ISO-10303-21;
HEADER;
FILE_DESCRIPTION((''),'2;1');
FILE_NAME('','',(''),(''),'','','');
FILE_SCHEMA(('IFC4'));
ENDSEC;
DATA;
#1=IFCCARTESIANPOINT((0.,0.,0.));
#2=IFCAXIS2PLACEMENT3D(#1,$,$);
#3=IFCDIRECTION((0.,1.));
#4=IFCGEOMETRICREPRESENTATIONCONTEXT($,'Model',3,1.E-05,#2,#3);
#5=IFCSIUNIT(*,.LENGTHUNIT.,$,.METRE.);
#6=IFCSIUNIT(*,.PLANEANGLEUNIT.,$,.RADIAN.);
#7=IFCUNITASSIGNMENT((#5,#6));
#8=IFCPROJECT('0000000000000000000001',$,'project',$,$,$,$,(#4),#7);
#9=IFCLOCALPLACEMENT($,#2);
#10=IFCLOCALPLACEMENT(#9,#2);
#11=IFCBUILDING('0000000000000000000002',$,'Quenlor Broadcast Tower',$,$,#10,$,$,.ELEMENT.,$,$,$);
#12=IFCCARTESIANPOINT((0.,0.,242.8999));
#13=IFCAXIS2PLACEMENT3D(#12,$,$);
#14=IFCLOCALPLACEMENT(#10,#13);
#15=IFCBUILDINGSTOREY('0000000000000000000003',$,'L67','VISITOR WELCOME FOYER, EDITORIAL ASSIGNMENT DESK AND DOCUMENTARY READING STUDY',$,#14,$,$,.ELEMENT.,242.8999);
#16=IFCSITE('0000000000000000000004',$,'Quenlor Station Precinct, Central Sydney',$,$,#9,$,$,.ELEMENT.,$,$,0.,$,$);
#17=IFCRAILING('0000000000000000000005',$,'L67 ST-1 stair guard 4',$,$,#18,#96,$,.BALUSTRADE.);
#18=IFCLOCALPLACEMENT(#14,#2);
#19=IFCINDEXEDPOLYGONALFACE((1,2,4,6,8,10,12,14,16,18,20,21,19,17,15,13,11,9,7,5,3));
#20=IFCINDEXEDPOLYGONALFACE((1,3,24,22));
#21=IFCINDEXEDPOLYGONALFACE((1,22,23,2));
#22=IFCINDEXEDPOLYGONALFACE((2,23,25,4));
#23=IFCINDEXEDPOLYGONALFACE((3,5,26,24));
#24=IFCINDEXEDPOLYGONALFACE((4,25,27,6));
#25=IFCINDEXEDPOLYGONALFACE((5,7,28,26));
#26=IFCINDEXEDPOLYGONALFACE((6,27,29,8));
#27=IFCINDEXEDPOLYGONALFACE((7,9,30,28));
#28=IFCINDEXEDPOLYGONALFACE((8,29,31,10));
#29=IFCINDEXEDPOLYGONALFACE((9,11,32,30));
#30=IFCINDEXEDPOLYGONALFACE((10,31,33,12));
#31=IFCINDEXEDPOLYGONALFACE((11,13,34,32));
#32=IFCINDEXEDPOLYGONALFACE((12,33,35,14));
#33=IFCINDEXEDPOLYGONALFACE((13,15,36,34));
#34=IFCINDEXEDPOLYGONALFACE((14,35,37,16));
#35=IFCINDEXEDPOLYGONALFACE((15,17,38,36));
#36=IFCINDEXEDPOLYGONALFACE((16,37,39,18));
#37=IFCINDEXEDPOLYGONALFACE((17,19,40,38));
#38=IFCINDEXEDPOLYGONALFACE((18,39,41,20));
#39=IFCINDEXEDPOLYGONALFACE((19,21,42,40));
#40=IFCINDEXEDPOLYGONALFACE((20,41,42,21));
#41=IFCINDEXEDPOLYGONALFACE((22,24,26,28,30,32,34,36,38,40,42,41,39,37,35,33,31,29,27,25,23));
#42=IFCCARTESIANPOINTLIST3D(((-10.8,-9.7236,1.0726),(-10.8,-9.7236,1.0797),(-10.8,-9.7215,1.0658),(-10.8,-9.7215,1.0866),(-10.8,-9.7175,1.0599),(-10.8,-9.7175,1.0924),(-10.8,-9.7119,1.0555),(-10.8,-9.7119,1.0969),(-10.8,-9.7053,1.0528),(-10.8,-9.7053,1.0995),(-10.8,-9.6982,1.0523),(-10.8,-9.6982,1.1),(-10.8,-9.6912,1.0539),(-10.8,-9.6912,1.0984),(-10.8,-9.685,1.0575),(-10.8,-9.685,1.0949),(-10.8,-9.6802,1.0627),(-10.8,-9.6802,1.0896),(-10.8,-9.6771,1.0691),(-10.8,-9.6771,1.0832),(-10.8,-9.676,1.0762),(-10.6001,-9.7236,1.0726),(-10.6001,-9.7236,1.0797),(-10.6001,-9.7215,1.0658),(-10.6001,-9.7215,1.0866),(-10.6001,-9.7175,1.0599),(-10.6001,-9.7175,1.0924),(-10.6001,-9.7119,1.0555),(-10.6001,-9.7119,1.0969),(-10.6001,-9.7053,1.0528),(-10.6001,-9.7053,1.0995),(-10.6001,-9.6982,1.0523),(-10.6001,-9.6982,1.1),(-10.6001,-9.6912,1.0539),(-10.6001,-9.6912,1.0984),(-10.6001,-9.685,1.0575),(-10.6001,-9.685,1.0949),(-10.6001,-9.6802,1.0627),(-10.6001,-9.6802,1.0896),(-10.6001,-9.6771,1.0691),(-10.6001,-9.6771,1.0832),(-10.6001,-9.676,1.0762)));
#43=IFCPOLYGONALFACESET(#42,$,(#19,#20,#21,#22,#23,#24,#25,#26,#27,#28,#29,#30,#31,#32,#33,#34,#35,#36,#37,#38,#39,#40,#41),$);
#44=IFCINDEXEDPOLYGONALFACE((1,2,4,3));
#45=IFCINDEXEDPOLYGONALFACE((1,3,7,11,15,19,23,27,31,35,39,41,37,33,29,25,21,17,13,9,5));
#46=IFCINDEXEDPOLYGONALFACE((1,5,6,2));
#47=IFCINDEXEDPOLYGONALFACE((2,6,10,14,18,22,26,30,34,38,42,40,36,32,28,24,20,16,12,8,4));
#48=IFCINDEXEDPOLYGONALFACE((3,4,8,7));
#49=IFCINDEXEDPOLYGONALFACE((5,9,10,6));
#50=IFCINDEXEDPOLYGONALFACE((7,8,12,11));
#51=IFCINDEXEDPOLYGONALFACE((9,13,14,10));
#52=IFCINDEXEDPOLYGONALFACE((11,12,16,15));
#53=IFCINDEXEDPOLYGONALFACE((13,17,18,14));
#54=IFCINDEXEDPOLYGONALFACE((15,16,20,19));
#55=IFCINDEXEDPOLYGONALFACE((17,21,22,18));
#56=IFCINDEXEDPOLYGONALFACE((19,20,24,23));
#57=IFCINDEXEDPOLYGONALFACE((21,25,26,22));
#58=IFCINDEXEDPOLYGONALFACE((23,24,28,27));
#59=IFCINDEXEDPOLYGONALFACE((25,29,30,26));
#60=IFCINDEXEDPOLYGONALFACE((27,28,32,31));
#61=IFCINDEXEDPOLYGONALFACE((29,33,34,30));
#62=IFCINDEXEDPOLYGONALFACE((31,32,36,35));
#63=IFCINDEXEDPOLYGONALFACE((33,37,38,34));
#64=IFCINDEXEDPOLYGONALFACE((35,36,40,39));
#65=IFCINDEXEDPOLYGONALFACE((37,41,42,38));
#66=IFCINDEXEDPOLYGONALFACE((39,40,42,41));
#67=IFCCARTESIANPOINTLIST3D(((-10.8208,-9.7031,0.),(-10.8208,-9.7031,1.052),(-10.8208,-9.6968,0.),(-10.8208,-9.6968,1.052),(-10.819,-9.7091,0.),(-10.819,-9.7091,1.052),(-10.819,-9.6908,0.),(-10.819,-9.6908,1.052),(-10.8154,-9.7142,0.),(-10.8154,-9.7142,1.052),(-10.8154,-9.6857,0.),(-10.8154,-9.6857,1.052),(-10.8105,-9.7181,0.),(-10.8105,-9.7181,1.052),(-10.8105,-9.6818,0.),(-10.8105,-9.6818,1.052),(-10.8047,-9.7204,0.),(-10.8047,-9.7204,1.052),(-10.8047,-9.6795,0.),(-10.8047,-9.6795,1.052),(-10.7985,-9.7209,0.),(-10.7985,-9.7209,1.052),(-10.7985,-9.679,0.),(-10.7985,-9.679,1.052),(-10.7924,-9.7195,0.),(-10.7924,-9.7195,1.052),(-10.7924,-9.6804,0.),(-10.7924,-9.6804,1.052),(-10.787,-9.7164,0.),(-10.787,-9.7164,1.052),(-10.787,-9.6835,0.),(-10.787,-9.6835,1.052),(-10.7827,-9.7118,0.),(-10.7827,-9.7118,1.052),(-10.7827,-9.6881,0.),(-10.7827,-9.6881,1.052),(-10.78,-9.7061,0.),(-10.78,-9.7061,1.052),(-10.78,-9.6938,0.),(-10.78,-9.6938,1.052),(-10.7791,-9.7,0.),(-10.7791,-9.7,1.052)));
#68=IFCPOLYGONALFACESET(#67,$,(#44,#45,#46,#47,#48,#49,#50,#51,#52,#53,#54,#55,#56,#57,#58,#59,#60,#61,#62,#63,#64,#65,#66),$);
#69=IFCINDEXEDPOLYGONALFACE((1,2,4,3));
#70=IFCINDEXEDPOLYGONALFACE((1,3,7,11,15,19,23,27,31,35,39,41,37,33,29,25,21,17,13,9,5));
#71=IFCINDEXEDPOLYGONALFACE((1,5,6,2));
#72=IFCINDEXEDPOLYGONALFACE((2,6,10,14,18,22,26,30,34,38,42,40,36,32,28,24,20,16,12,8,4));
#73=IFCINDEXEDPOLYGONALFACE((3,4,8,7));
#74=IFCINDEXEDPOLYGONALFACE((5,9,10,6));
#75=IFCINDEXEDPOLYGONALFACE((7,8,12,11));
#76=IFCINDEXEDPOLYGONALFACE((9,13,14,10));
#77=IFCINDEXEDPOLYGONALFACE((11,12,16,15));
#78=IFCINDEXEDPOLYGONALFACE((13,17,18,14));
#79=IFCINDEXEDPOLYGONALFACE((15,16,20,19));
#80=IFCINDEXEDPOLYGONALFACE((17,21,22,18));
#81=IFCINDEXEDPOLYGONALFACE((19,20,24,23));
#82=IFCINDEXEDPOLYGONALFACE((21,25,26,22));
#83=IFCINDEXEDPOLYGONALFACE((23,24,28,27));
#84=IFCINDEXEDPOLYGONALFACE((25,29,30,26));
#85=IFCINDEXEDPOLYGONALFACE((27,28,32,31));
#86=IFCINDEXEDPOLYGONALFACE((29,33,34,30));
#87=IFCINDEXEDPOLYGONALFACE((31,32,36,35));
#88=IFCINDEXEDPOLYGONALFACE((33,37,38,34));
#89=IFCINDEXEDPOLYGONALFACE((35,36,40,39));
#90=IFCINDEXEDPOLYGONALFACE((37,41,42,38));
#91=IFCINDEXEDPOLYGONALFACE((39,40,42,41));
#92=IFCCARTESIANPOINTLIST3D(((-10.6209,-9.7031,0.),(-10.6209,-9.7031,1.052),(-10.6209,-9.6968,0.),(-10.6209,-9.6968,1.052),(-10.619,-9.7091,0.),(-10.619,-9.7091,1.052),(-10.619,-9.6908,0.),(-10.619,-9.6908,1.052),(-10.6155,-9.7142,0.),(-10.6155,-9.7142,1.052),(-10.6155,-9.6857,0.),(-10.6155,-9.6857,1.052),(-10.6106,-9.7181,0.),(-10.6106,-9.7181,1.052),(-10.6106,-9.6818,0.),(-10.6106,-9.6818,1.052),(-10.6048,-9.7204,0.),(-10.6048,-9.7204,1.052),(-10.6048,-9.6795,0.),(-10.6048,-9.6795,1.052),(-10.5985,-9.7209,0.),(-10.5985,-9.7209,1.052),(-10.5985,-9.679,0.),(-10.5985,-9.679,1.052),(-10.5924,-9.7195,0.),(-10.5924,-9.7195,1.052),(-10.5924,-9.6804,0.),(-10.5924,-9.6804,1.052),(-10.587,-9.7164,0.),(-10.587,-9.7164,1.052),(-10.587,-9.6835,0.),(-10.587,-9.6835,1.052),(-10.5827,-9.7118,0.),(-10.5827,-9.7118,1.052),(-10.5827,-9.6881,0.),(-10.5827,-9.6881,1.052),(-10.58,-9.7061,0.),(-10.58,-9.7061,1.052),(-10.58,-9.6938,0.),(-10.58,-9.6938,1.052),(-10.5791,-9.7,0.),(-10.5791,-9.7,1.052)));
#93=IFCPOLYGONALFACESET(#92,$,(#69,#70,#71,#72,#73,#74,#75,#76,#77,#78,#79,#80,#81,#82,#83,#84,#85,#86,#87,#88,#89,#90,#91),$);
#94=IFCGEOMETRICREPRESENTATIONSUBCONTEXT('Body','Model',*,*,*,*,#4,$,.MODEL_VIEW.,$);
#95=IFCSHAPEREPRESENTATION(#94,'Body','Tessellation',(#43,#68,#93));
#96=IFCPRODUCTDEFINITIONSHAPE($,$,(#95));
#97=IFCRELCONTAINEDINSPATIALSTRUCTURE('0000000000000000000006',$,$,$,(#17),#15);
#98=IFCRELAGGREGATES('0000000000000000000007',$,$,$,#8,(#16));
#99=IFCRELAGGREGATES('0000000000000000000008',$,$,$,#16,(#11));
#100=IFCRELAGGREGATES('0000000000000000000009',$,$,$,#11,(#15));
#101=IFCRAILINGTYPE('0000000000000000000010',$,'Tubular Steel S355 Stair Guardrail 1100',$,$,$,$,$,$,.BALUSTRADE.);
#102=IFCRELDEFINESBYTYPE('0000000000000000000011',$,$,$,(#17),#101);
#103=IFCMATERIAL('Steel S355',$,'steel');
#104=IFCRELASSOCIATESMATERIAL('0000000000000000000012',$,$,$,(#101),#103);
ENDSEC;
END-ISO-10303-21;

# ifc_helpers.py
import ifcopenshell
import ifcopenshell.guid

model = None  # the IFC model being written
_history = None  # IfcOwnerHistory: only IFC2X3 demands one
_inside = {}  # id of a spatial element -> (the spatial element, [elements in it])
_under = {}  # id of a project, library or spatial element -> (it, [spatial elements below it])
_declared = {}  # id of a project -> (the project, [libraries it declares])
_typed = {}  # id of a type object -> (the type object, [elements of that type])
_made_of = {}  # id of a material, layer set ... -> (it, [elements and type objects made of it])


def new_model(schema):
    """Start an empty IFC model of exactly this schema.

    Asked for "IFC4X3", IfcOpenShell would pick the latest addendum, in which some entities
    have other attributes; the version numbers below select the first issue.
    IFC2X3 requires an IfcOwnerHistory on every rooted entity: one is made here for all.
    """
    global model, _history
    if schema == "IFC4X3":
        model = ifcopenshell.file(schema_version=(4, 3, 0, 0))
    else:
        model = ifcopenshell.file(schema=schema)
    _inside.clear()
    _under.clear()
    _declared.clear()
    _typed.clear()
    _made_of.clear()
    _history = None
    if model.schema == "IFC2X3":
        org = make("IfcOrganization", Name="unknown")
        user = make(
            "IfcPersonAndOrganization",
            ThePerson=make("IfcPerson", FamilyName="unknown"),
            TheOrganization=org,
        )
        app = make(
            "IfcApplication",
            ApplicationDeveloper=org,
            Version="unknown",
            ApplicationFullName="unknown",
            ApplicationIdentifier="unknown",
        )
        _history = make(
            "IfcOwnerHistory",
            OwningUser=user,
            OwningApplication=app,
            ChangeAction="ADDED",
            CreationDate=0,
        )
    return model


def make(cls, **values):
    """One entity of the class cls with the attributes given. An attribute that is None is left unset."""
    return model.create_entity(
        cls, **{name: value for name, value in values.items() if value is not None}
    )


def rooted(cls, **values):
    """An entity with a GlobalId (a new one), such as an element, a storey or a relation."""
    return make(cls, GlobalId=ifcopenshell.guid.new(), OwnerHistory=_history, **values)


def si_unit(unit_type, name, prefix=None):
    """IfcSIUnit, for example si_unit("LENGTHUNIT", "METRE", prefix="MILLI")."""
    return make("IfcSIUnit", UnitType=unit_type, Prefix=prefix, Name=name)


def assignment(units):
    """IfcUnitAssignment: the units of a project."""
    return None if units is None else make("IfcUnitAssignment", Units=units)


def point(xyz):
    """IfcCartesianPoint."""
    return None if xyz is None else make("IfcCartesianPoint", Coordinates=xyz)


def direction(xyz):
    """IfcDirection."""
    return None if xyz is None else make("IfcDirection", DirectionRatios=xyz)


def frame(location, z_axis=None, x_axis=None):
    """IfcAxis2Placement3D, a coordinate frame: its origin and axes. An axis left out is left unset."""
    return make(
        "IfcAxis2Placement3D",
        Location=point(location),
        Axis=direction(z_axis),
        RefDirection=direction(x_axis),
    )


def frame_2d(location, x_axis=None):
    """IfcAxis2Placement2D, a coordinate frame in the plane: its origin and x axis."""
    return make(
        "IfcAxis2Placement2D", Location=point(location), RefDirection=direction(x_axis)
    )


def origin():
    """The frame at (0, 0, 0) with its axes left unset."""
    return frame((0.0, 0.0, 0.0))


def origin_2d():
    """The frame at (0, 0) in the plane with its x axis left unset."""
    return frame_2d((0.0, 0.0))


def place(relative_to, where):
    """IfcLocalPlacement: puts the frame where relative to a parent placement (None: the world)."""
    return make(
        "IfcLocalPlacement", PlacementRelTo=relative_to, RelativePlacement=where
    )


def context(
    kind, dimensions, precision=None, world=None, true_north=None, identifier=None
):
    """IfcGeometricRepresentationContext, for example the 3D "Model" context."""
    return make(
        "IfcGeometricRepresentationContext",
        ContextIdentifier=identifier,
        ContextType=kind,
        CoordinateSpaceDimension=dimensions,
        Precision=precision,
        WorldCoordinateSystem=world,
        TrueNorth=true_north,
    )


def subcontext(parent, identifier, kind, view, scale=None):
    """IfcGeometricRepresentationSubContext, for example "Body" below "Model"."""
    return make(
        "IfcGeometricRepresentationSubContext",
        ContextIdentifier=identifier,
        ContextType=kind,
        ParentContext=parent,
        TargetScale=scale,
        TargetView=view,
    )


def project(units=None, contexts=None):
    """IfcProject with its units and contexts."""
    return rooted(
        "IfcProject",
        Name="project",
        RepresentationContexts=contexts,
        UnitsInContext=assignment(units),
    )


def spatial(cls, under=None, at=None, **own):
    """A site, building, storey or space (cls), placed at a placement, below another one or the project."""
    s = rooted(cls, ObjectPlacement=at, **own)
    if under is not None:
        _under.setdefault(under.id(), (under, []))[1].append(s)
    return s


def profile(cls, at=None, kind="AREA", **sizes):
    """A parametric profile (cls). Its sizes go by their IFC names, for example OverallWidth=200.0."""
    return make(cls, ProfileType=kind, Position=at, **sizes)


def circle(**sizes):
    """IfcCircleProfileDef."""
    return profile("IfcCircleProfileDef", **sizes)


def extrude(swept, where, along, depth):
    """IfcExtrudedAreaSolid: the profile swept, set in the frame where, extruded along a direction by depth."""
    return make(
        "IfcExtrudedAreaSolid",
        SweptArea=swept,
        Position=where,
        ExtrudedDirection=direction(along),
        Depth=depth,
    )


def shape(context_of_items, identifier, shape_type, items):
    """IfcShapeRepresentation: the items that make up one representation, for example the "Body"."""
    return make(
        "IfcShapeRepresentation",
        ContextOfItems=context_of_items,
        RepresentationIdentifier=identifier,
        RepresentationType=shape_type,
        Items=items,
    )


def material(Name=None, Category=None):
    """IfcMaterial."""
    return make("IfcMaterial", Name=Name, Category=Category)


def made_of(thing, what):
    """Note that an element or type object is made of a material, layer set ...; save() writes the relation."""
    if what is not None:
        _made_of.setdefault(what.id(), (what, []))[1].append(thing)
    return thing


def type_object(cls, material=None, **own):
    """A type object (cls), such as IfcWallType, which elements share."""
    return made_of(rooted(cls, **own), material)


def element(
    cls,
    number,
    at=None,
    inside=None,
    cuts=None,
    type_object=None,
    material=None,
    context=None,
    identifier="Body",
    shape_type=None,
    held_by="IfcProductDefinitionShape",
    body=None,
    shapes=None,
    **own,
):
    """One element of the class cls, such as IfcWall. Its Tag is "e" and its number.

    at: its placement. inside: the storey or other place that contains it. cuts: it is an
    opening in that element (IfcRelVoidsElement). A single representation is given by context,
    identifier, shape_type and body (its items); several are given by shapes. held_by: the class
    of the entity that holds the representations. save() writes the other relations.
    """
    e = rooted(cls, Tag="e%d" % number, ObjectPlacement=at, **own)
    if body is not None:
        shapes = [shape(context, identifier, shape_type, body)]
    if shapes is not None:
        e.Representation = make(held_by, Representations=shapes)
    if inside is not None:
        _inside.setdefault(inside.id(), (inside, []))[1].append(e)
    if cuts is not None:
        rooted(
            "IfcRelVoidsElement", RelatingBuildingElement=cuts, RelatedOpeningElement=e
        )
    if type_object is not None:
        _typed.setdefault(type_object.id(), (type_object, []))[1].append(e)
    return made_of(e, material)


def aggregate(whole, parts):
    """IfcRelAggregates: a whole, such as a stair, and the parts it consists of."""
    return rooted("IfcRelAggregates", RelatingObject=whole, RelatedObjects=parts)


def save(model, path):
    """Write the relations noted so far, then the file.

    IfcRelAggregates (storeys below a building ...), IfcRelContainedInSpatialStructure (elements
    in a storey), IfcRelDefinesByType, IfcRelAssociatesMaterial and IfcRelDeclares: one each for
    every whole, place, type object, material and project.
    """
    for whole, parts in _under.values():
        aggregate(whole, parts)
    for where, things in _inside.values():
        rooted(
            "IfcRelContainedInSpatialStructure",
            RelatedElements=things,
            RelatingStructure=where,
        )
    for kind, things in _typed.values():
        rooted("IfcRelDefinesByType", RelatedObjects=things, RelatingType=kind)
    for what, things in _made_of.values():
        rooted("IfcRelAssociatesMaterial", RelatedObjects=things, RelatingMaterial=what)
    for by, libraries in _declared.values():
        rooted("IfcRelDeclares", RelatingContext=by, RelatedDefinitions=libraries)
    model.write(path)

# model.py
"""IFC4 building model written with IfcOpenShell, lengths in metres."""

from ifc_helpers import new_model, si_unit, direction, frame, origin, origin_2d, place, context, subcontext, project, spatial, circle, extrude, material, type_object, element, save


model = new_model("IFC4")

# Units and contexts
model_context = context("Model", 3, precision=1e-05, world=origin(), true_north=direction((0.0, 1.0)))
body_context = subcontext(model_context, "Body", "Model", "MODEL_VIEW")
ifc_project = project(units=[si_unit("LENGTHUNIT", "METRE"), si_unit("PLANEANGLEUNIT", "RADIAN")], contexts=[model_context])

# Site, building, storey
site_placement = place(None, origin())
site = spatial("IfcSite", under=ifc_project, at=site_placement, Name="Quenlor Station Precinct, Central Sydney", CompositionType="ELEMENT", RefElevation=0.0)
building_placement = place(site_placement, origin())
building = spatial("IfcBuilding", under=site, at=building_placement, Name="Quenlor Broadcast Tower", CompositionType="ELEMENT")
storey_placement = place(building_placement, frame((0.0, 0.0, 242.8999)))
storey = spatial("IfcBuildingStorey", under=building, at=storey_placement, Name="L67", Description="VISITOR WELCOME FOYER, EDITORIAL ASSIGNMENT DESK AND DOCUMENTARY READING STUDY", CompositionType="ELEMENT", Elevation=242.8999)

# Railing
ifc_material_1 = material(Name="Steel S355", Category="steel")
railing_type_1 = type_object("IfcRailingType", Name="Tubular Steel S355 Stair Guardrail 1100", PredefinedType="BALUSTRADE", material=ifc_material_1)
railing_1_placement = place(storey_placement, frame((-10.8, -9.7, 0.0)))
element("IfcRailing", 1, at=railing_1_placement, inside=storey, type_object=railing_type_1, Name="L67 ST-1 stair guard 4", PredefinedType="BALUSTRADE", context=body_context, shape_type="SweptSolid", body=[
    extrude(circle(Radius=0.0239, at=origin_2d()), frame((0.0, 0.0, 1.0762), z_axis=(1.0, 0.0, 0.0), x_axis=(0.0, 1.0, 0.0)), (0.0, 0.0, 1.0), 0.2),
    extrude(circle(Radius=0.021, at=origin_2d()), origin(), (0.0, 0.0, 1.0), 1.052),
    extrude(circle(Radius=0.021, at=origin_2d()), frame((0.2, 0.0, 0.0)), (0.0, 0.0, 1.0), 1.052),
])

save(model, "model.ifc")
